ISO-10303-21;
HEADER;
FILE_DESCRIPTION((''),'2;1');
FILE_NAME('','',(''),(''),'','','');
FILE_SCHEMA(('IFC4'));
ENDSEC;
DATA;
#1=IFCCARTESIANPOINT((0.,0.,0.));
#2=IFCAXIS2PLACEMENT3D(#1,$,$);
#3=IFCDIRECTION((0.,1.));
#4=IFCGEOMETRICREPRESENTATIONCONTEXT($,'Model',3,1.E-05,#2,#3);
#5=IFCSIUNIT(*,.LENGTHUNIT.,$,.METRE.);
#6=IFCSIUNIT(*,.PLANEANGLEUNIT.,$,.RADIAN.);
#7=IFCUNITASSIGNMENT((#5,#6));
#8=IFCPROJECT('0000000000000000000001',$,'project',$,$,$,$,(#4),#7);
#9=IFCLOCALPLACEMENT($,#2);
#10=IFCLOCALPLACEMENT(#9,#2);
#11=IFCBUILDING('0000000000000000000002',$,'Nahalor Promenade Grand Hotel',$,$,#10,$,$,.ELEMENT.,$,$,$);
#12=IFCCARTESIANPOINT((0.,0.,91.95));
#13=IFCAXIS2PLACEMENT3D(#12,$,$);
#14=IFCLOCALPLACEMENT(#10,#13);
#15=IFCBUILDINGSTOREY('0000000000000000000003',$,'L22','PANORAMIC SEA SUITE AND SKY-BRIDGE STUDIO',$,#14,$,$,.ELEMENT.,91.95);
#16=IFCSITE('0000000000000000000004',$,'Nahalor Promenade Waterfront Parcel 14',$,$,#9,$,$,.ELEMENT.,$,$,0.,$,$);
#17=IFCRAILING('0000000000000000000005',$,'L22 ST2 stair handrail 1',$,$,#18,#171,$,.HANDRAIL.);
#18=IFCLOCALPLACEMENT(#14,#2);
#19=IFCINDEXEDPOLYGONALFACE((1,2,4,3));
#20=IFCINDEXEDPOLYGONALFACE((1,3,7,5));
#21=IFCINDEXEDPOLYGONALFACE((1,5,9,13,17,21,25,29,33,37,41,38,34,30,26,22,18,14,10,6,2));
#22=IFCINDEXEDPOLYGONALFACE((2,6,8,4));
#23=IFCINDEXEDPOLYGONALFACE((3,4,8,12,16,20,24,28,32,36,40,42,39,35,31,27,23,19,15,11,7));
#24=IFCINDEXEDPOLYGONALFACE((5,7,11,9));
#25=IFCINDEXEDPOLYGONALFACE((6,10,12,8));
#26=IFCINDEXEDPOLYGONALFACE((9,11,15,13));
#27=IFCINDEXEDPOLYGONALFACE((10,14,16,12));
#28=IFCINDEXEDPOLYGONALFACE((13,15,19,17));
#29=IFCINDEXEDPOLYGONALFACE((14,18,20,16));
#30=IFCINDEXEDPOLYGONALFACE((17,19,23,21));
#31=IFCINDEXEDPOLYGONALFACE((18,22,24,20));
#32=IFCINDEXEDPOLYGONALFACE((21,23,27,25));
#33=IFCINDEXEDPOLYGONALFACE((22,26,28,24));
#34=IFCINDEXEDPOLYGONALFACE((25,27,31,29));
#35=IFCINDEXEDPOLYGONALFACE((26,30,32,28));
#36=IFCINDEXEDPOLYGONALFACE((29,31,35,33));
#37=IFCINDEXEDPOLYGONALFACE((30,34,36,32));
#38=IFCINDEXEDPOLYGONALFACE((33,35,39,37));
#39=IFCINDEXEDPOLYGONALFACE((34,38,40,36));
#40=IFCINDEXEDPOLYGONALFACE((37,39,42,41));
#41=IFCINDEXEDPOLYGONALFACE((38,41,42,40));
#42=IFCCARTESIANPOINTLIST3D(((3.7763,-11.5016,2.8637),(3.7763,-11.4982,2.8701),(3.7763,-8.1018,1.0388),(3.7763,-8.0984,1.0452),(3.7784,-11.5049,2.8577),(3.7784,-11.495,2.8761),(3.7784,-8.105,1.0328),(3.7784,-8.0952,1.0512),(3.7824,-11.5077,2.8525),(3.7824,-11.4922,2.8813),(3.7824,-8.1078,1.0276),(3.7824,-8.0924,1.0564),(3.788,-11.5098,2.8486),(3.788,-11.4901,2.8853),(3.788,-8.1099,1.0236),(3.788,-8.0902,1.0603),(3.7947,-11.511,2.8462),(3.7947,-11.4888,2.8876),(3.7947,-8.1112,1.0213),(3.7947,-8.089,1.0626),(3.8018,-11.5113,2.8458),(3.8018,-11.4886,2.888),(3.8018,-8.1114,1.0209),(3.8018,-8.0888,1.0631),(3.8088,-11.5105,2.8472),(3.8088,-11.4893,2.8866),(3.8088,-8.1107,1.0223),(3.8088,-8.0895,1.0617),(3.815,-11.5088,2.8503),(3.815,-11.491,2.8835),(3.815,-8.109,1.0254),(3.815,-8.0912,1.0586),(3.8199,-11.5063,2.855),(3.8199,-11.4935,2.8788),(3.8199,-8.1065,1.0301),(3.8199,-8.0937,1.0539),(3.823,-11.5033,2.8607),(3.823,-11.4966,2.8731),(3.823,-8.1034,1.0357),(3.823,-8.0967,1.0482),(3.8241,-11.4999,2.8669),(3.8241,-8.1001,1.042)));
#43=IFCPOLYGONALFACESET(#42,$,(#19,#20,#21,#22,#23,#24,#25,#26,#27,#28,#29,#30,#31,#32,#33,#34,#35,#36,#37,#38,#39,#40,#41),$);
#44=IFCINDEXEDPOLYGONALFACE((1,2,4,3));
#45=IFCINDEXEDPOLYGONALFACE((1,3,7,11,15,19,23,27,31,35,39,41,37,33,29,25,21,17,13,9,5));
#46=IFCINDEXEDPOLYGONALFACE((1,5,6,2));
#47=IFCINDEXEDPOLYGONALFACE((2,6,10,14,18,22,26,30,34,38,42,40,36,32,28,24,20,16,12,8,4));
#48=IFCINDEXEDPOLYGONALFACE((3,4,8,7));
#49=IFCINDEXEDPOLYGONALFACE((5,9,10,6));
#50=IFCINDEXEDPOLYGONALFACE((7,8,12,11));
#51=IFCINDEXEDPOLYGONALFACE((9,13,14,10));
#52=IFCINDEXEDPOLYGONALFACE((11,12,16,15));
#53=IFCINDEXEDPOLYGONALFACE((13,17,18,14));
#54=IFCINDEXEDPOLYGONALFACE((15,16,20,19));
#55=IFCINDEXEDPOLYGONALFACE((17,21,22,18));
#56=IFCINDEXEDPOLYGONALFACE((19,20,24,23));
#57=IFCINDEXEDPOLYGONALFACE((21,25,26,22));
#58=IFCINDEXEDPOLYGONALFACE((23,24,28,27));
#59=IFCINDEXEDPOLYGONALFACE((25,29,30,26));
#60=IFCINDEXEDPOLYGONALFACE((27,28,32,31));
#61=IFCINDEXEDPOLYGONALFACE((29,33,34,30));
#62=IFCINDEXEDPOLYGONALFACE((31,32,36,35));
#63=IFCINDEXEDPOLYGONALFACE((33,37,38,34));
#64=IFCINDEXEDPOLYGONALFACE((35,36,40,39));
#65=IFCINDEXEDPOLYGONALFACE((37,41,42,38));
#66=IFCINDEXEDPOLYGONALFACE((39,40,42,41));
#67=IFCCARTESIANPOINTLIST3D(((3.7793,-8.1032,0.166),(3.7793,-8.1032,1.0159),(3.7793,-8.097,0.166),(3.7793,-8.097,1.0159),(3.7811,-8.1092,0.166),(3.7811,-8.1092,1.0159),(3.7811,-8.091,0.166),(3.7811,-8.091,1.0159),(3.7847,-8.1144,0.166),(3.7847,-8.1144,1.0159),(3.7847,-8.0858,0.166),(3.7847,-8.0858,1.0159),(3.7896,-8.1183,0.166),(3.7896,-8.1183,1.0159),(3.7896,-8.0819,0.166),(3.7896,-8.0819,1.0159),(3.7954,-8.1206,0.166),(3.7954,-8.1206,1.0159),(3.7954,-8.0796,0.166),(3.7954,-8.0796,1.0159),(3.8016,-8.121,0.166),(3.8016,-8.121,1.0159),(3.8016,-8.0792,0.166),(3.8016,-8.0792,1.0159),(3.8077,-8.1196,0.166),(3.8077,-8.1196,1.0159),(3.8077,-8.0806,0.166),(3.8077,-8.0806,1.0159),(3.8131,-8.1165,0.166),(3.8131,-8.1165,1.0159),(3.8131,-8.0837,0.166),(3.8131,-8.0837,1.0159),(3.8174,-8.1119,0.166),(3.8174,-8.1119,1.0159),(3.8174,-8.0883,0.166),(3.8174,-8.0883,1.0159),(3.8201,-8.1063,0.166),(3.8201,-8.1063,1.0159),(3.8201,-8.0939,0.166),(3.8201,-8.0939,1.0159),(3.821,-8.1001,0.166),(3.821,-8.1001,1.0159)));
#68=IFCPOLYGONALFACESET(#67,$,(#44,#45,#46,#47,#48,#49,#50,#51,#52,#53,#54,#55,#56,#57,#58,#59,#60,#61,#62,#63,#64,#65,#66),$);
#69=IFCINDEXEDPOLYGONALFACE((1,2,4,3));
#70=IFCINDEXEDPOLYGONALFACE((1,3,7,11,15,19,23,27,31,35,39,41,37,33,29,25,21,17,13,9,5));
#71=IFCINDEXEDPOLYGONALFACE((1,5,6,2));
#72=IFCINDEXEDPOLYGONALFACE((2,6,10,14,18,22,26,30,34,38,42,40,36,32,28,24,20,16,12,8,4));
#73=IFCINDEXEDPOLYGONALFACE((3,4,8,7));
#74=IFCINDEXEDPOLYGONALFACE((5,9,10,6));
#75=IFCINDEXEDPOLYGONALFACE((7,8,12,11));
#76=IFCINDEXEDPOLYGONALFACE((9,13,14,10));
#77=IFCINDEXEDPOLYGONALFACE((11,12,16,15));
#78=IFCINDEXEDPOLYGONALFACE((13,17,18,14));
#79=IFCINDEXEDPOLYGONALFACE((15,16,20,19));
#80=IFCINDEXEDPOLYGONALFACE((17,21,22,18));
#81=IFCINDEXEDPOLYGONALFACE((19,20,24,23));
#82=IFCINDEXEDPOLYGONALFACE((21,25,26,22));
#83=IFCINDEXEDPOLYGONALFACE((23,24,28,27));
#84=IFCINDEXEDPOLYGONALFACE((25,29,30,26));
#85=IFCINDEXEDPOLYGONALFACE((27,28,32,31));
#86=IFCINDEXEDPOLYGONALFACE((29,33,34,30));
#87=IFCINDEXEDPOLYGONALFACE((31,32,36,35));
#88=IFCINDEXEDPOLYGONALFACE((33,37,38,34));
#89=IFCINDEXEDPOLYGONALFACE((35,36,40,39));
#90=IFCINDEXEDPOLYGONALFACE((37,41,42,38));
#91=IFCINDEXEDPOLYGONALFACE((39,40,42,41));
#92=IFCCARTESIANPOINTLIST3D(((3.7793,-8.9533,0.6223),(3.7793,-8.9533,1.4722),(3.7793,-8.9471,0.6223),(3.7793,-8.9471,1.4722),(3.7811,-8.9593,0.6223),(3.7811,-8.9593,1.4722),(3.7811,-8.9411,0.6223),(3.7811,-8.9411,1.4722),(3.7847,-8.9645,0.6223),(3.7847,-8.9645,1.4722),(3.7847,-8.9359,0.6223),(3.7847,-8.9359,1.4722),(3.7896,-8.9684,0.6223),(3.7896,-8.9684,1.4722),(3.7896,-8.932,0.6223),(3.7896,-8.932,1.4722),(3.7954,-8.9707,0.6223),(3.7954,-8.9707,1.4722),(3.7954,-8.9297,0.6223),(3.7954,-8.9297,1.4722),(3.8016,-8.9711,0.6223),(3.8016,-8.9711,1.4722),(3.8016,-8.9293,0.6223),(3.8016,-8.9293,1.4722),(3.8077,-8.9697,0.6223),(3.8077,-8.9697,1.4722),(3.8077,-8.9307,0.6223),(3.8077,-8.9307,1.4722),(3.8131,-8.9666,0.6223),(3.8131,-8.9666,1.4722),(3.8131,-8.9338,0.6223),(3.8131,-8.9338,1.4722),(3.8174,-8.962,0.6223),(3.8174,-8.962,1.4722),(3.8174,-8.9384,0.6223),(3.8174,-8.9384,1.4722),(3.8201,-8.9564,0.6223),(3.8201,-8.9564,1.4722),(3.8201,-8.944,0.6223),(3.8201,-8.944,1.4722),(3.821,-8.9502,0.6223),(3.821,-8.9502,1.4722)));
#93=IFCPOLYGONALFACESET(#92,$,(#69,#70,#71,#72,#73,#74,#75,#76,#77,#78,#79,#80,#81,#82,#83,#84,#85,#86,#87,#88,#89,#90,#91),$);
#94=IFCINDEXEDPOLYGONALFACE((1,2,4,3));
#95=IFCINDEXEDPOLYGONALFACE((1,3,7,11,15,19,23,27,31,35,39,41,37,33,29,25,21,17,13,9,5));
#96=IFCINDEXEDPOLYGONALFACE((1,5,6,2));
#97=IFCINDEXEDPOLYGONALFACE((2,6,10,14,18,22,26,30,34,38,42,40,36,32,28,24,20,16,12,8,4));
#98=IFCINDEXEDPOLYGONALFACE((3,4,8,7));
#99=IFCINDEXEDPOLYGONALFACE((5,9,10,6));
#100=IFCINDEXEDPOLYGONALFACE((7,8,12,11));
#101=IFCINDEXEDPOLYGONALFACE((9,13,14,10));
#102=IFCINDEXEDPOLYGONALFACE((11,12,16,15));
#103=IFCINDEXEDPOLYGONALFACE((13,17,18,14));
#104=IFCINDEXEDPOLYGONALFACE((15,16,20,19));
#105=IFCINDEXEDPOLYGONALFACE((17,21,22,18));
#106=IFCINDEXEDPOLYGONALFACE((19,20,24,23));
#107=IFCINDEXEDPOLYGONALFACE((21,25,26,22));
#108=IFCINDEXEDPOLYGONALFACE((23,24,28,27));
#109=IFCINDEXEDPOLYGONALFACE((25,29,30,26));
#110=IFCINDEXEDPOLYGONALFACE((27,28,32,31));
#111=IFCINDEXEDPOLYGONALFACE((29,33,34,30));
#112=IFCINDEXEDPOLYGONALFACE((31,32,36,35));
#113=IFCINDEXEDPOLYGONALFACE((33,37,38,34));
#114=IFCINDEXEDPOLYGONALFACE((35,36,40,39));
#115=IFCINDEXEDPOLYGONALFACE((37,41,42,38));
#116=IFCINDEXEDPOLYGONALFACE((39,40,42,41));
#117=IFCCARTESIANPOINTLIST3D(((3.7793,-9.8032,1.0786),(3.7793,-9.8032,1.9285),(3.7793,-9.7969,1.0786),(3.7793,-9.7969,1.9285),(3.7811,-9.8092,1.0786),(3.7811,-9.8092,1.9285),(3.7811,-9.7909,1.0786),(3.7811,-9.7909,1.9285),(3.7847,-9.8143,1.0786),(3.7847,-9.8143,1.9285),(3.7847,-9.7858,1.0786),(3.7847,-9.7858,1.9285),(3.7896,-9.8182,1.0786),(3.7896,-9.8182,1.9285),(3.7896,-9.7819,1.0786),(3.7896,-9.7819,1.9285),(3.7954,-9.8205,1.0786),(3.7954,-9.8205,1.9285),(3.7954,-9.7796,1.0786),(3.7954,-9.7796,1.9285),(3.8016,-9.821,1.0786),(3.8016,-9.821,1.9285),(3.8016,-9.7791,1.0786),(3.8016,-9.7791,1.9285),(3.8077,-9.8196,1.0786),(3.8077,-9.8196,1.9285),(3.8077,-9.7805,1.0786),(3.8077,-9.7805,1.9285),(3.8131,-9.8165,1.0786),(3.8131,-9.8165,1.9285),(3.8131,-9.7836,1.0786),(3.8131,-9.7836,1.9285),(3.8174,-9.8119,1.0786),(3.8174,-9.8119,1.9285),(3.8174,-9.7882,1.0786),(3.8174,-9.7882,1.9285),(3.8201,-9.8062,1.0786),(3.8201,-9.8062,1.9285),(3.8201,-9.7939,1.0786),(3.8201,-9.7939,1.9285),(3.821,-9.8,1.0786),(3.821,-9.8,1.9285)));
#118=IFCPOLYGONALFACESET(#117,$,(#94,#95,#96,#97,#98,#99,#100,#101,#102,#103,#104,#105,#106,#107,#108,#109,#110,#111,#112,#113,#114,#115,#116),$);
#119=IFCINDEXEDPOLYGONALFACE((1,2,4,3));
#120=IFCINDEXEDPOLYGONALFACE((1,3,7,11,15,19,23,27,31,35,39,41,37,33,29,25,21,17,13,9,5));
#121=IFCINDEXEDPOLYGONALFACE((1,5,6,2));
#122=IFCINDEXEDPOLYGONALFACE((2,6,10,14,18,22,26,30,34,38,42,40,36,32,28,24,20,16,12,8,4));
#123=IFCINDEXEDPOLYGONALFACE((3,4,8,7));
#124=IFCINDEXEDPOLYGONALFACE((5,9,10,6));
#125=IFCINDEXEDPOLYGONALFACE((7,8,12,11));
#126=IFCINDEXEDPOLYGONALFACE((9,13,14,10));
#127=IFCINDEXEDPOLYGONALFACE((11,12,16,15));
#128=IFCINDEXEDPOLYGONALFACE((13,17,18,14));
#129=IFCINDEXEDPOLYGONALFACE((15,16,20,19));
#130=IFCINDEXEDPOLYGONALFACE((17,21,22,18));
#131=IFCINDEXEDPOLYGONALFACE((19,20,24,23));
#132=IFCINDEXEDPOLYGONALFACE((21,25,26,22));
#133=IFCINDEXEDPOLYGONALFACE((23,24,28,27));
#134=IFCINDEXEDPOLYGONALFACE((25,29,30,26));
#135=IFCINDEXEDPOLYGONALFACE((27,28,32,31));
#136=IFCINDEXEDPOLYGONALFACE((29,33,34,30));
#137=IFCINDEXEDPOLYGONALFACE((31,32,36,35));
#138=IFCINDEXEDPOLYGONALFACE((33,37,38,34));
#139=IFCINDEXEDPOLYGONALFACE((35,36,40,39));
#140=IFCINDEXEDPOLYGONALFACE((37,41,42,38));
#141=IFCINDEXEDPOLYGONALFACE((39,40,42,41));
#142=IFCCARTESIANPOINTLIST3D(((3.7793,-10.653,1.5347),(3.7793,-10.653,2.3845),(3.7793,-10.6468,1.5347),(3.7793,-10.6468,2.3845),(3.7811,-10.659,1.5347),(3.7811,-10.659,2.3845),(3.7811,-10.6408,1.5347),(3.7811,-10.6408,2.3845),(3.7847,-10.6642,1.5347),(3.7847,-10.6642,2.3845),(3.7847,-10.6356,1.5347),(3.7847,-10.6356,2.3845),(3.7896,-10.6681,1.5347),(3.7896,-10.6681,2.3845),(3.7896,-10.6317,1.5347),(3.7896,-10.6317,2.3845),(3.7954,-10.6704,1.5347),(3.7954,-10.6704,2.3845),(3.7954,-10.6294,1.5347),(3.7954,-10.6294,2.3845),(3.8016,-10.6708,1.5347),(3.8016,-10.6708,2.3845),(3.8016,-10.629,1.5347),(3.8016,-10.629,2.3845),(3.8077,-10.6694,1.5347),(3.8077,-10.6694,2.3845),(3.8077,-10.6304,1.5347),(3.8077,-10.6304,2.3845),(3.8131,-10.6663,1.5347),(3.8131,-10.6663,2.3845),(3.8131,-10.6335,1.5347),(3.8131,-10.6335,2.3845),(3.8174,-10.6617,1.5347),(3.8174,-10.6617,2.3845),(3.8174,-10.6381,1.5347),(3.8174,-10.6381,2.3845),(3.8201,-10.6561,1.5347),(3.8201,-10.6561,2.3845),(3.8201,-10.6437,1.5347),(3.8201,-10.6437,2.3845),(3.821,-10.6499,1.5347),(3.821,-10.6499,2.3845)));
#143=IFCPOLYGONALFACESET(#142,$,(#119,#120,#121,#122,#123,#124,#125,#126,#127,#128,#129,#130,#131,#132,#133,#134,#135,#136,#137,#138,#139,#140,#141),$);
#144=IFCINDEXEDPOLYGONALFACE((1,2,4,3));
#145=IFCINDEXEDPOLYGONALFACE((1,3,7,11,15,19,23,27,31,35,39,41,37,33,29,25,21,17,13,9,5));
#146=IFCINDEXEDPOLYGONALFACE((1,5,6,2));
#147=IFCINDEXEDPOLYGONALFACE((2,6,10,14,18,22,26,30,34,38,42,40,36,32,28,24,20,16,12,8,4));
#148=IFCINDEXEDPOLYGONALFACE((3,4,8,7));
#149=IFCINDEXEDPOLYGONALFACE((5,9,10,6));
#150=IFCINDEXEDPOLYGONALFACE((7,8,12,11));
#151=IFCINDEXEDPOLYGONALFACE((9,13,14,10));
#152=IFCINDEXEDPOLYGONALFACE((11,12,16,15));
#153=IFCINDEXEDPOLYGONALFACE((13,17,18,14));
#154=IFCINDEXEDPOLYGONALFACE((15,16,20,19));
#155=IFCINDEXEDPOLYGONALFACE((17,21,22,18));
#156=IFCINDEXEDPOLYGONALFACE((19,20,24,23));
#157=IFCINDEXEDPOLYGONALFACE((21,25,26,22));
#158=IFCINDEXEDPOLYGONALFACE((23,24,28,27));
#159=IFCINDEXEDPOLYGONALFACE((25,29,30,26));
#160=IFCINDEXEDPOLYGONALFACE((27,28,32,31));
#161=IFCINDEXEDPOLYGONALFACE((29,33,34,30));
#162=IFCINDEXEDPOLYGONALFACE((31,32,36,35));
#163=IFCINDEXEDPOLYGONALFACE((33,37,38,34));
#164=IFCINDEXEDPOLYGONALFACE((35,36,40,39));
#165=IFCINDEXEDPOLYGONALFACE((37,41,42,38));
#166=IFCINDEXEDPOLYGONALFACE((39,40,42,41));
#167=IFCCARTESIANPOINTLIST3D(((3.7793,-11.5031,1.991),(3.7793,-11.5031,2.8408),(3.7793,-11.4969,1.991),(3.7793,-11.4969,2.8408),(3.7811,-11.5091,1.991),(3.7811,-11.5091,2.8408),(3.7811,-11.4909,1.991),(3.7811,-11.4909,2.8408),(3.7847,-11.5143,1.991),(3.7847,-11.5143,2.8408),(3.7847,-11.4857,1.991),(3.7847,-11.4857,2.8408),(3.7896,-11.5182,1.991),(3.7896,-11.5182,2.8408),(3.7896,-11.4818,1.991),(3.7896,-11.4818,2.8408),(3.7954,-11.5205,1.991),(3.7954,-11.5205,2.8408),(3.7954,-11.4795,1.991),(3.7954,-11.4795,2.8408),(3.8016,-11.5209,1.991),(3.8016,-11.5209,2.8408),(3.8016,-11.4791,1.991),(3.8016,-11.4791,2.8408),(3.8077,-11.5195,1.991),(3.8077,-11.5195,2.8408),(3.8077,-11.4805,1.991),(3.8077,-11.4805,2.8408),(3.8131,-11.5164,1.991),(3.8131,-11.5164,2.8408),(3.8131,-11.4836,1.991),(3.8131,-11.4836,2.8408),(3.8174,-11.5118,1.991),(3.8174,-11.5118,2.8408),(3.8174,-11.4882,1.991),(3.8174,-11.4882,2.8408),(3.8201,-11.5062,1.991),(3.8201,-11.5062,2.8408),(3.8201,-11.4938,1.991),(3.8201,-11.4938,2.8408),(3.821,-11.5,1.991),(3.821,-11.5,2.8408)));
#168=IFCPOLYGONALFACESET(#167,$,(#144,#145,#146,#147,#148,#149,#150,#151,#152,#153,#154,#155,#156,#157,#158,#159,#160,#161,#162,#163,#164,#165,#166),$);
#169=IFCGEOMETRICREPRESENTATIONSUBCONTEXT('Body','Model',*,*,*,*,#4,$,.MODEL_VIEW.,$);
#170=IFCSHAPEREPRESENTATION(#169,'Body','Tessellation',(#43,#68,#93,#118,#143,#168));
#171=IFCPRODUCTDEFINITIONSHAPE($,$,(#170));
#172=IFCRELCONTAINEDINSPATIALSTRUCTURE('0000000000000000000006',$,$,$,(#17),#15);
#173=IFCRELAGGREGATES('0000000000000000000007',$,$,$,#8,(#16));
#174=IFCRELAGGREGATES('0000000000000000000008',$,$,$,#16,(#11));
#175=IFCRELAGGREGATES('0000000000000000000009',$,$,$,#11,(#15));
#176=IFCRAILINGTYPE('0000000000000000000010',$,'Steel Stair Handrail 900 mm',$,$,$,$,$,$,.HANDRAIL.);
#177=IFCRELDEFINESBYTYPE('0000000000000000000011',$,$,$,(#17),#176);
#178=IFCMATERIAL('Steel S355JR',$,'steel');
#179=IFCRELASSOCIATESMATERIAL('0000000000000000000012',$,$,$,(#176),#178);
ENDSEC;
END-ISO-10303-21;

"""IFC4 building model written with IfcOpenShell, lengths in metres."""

from ifc_helpers import new_model, si_unit, direction, frame, origin, origin_2d, place, context, subcontext, project, spatial, circle, extrude, material, type_object, element, save


model = new_model("IFC4")

# Units and contexts
model_context = context("Model", 3, precision=1e-05, world=origin(), true_north=direction((0.0, 1.0)))
body_context = subcontext(model_context, "Body", "Model", "MODEL_VIEW")
ifc_project = project(units=[si_unit("LENGTHUNIT", "METRE"), si_unit("PLANEANGLEUNIT", "RADIAN")], contexts=[model_context])

# Site, building, storey
site_placement = place(None, origin())
site = spatial("IfcSite", under=ifc_project, at=site_placement, Name="Nahalor Promenade Waterfront Parcel 14", CompositionType="ELEMENT", RefElevation=0.0)
building_placement = place(site_placement, origin())
building = spatial("IfcBuilding", under=site, at=building_placement, Name="Nahalor Promenade Grand Hotel", CompositionType="ELEMENT")
storey_placement = place(building_placement, frame((0.0, 0.0, 91.95)))
storey = spatial("IfcBuildingStorey", under=building, at=storey_placement, Name="L22", Description="PANORAMIC SEA SUITE AND SKY-BRIDGE STUDIO", CompositionType="ELEMENT", Elevation=91.95)

# Shared definitions
ifc_material_1 = material(Name="Steel S355JR", Category="steel")

# Railing
railing_type_1 = type_object("IfcRailingType", Name="Steel Stair Handrail 900 mm", PredefinedType="HANDRAIL", material=ifc_material_1)
railing_1_placement = place(storey_placement, frame((3.8, -8.1001, 0.166)))
element("IfcRailing", 1, at=railing_1_placement, inside=storey, type_object=railing_type_1, Name="L22 ST2 stair handrail 1", PredefinedType="HANDRAIL", context=body_context, shape_type="SweptSolid", body=[
    extrude(circle(Radius=0.024, at=origin_2d()), frame((0.0, 0.0, 0.876), z_axis=(0.0, -0.881094, 0.472941), x_axis=(1.0, 0.0, 0.0)), (0.0, 0.0, 1.0), 3.8586),
    extrude(circle(Radius=0.021, at=origin_2d()), origin(), (0.0, 0.0, 1.0), 0.8499),
    extrude(circle(Radius=0.021, at=origin_2d()), frame((0.0, -0.8501, 0.4563)), (0.0, 0.0, 1.0), 0.8499),
    extrude(circle(Radius=0.021, at=origin_2d()), frame((0.0, -1.7, 0.9126)), (0.0, 0.0, 1.0), 0.8499),
    extrude(circle(Radius=0.021, at=origin_2d()), frame((0.0, -2.5498, 1.3687)), (0.0, 0.0, 1.0), 0.8499),
    extrude(circle(Radius=0.021, at=origin_2d()), frame((0.0, -3.3999, 1.825)), (0.0, 0.0, 1.0), 0.8499),
])

save(model, "model.ifc")
